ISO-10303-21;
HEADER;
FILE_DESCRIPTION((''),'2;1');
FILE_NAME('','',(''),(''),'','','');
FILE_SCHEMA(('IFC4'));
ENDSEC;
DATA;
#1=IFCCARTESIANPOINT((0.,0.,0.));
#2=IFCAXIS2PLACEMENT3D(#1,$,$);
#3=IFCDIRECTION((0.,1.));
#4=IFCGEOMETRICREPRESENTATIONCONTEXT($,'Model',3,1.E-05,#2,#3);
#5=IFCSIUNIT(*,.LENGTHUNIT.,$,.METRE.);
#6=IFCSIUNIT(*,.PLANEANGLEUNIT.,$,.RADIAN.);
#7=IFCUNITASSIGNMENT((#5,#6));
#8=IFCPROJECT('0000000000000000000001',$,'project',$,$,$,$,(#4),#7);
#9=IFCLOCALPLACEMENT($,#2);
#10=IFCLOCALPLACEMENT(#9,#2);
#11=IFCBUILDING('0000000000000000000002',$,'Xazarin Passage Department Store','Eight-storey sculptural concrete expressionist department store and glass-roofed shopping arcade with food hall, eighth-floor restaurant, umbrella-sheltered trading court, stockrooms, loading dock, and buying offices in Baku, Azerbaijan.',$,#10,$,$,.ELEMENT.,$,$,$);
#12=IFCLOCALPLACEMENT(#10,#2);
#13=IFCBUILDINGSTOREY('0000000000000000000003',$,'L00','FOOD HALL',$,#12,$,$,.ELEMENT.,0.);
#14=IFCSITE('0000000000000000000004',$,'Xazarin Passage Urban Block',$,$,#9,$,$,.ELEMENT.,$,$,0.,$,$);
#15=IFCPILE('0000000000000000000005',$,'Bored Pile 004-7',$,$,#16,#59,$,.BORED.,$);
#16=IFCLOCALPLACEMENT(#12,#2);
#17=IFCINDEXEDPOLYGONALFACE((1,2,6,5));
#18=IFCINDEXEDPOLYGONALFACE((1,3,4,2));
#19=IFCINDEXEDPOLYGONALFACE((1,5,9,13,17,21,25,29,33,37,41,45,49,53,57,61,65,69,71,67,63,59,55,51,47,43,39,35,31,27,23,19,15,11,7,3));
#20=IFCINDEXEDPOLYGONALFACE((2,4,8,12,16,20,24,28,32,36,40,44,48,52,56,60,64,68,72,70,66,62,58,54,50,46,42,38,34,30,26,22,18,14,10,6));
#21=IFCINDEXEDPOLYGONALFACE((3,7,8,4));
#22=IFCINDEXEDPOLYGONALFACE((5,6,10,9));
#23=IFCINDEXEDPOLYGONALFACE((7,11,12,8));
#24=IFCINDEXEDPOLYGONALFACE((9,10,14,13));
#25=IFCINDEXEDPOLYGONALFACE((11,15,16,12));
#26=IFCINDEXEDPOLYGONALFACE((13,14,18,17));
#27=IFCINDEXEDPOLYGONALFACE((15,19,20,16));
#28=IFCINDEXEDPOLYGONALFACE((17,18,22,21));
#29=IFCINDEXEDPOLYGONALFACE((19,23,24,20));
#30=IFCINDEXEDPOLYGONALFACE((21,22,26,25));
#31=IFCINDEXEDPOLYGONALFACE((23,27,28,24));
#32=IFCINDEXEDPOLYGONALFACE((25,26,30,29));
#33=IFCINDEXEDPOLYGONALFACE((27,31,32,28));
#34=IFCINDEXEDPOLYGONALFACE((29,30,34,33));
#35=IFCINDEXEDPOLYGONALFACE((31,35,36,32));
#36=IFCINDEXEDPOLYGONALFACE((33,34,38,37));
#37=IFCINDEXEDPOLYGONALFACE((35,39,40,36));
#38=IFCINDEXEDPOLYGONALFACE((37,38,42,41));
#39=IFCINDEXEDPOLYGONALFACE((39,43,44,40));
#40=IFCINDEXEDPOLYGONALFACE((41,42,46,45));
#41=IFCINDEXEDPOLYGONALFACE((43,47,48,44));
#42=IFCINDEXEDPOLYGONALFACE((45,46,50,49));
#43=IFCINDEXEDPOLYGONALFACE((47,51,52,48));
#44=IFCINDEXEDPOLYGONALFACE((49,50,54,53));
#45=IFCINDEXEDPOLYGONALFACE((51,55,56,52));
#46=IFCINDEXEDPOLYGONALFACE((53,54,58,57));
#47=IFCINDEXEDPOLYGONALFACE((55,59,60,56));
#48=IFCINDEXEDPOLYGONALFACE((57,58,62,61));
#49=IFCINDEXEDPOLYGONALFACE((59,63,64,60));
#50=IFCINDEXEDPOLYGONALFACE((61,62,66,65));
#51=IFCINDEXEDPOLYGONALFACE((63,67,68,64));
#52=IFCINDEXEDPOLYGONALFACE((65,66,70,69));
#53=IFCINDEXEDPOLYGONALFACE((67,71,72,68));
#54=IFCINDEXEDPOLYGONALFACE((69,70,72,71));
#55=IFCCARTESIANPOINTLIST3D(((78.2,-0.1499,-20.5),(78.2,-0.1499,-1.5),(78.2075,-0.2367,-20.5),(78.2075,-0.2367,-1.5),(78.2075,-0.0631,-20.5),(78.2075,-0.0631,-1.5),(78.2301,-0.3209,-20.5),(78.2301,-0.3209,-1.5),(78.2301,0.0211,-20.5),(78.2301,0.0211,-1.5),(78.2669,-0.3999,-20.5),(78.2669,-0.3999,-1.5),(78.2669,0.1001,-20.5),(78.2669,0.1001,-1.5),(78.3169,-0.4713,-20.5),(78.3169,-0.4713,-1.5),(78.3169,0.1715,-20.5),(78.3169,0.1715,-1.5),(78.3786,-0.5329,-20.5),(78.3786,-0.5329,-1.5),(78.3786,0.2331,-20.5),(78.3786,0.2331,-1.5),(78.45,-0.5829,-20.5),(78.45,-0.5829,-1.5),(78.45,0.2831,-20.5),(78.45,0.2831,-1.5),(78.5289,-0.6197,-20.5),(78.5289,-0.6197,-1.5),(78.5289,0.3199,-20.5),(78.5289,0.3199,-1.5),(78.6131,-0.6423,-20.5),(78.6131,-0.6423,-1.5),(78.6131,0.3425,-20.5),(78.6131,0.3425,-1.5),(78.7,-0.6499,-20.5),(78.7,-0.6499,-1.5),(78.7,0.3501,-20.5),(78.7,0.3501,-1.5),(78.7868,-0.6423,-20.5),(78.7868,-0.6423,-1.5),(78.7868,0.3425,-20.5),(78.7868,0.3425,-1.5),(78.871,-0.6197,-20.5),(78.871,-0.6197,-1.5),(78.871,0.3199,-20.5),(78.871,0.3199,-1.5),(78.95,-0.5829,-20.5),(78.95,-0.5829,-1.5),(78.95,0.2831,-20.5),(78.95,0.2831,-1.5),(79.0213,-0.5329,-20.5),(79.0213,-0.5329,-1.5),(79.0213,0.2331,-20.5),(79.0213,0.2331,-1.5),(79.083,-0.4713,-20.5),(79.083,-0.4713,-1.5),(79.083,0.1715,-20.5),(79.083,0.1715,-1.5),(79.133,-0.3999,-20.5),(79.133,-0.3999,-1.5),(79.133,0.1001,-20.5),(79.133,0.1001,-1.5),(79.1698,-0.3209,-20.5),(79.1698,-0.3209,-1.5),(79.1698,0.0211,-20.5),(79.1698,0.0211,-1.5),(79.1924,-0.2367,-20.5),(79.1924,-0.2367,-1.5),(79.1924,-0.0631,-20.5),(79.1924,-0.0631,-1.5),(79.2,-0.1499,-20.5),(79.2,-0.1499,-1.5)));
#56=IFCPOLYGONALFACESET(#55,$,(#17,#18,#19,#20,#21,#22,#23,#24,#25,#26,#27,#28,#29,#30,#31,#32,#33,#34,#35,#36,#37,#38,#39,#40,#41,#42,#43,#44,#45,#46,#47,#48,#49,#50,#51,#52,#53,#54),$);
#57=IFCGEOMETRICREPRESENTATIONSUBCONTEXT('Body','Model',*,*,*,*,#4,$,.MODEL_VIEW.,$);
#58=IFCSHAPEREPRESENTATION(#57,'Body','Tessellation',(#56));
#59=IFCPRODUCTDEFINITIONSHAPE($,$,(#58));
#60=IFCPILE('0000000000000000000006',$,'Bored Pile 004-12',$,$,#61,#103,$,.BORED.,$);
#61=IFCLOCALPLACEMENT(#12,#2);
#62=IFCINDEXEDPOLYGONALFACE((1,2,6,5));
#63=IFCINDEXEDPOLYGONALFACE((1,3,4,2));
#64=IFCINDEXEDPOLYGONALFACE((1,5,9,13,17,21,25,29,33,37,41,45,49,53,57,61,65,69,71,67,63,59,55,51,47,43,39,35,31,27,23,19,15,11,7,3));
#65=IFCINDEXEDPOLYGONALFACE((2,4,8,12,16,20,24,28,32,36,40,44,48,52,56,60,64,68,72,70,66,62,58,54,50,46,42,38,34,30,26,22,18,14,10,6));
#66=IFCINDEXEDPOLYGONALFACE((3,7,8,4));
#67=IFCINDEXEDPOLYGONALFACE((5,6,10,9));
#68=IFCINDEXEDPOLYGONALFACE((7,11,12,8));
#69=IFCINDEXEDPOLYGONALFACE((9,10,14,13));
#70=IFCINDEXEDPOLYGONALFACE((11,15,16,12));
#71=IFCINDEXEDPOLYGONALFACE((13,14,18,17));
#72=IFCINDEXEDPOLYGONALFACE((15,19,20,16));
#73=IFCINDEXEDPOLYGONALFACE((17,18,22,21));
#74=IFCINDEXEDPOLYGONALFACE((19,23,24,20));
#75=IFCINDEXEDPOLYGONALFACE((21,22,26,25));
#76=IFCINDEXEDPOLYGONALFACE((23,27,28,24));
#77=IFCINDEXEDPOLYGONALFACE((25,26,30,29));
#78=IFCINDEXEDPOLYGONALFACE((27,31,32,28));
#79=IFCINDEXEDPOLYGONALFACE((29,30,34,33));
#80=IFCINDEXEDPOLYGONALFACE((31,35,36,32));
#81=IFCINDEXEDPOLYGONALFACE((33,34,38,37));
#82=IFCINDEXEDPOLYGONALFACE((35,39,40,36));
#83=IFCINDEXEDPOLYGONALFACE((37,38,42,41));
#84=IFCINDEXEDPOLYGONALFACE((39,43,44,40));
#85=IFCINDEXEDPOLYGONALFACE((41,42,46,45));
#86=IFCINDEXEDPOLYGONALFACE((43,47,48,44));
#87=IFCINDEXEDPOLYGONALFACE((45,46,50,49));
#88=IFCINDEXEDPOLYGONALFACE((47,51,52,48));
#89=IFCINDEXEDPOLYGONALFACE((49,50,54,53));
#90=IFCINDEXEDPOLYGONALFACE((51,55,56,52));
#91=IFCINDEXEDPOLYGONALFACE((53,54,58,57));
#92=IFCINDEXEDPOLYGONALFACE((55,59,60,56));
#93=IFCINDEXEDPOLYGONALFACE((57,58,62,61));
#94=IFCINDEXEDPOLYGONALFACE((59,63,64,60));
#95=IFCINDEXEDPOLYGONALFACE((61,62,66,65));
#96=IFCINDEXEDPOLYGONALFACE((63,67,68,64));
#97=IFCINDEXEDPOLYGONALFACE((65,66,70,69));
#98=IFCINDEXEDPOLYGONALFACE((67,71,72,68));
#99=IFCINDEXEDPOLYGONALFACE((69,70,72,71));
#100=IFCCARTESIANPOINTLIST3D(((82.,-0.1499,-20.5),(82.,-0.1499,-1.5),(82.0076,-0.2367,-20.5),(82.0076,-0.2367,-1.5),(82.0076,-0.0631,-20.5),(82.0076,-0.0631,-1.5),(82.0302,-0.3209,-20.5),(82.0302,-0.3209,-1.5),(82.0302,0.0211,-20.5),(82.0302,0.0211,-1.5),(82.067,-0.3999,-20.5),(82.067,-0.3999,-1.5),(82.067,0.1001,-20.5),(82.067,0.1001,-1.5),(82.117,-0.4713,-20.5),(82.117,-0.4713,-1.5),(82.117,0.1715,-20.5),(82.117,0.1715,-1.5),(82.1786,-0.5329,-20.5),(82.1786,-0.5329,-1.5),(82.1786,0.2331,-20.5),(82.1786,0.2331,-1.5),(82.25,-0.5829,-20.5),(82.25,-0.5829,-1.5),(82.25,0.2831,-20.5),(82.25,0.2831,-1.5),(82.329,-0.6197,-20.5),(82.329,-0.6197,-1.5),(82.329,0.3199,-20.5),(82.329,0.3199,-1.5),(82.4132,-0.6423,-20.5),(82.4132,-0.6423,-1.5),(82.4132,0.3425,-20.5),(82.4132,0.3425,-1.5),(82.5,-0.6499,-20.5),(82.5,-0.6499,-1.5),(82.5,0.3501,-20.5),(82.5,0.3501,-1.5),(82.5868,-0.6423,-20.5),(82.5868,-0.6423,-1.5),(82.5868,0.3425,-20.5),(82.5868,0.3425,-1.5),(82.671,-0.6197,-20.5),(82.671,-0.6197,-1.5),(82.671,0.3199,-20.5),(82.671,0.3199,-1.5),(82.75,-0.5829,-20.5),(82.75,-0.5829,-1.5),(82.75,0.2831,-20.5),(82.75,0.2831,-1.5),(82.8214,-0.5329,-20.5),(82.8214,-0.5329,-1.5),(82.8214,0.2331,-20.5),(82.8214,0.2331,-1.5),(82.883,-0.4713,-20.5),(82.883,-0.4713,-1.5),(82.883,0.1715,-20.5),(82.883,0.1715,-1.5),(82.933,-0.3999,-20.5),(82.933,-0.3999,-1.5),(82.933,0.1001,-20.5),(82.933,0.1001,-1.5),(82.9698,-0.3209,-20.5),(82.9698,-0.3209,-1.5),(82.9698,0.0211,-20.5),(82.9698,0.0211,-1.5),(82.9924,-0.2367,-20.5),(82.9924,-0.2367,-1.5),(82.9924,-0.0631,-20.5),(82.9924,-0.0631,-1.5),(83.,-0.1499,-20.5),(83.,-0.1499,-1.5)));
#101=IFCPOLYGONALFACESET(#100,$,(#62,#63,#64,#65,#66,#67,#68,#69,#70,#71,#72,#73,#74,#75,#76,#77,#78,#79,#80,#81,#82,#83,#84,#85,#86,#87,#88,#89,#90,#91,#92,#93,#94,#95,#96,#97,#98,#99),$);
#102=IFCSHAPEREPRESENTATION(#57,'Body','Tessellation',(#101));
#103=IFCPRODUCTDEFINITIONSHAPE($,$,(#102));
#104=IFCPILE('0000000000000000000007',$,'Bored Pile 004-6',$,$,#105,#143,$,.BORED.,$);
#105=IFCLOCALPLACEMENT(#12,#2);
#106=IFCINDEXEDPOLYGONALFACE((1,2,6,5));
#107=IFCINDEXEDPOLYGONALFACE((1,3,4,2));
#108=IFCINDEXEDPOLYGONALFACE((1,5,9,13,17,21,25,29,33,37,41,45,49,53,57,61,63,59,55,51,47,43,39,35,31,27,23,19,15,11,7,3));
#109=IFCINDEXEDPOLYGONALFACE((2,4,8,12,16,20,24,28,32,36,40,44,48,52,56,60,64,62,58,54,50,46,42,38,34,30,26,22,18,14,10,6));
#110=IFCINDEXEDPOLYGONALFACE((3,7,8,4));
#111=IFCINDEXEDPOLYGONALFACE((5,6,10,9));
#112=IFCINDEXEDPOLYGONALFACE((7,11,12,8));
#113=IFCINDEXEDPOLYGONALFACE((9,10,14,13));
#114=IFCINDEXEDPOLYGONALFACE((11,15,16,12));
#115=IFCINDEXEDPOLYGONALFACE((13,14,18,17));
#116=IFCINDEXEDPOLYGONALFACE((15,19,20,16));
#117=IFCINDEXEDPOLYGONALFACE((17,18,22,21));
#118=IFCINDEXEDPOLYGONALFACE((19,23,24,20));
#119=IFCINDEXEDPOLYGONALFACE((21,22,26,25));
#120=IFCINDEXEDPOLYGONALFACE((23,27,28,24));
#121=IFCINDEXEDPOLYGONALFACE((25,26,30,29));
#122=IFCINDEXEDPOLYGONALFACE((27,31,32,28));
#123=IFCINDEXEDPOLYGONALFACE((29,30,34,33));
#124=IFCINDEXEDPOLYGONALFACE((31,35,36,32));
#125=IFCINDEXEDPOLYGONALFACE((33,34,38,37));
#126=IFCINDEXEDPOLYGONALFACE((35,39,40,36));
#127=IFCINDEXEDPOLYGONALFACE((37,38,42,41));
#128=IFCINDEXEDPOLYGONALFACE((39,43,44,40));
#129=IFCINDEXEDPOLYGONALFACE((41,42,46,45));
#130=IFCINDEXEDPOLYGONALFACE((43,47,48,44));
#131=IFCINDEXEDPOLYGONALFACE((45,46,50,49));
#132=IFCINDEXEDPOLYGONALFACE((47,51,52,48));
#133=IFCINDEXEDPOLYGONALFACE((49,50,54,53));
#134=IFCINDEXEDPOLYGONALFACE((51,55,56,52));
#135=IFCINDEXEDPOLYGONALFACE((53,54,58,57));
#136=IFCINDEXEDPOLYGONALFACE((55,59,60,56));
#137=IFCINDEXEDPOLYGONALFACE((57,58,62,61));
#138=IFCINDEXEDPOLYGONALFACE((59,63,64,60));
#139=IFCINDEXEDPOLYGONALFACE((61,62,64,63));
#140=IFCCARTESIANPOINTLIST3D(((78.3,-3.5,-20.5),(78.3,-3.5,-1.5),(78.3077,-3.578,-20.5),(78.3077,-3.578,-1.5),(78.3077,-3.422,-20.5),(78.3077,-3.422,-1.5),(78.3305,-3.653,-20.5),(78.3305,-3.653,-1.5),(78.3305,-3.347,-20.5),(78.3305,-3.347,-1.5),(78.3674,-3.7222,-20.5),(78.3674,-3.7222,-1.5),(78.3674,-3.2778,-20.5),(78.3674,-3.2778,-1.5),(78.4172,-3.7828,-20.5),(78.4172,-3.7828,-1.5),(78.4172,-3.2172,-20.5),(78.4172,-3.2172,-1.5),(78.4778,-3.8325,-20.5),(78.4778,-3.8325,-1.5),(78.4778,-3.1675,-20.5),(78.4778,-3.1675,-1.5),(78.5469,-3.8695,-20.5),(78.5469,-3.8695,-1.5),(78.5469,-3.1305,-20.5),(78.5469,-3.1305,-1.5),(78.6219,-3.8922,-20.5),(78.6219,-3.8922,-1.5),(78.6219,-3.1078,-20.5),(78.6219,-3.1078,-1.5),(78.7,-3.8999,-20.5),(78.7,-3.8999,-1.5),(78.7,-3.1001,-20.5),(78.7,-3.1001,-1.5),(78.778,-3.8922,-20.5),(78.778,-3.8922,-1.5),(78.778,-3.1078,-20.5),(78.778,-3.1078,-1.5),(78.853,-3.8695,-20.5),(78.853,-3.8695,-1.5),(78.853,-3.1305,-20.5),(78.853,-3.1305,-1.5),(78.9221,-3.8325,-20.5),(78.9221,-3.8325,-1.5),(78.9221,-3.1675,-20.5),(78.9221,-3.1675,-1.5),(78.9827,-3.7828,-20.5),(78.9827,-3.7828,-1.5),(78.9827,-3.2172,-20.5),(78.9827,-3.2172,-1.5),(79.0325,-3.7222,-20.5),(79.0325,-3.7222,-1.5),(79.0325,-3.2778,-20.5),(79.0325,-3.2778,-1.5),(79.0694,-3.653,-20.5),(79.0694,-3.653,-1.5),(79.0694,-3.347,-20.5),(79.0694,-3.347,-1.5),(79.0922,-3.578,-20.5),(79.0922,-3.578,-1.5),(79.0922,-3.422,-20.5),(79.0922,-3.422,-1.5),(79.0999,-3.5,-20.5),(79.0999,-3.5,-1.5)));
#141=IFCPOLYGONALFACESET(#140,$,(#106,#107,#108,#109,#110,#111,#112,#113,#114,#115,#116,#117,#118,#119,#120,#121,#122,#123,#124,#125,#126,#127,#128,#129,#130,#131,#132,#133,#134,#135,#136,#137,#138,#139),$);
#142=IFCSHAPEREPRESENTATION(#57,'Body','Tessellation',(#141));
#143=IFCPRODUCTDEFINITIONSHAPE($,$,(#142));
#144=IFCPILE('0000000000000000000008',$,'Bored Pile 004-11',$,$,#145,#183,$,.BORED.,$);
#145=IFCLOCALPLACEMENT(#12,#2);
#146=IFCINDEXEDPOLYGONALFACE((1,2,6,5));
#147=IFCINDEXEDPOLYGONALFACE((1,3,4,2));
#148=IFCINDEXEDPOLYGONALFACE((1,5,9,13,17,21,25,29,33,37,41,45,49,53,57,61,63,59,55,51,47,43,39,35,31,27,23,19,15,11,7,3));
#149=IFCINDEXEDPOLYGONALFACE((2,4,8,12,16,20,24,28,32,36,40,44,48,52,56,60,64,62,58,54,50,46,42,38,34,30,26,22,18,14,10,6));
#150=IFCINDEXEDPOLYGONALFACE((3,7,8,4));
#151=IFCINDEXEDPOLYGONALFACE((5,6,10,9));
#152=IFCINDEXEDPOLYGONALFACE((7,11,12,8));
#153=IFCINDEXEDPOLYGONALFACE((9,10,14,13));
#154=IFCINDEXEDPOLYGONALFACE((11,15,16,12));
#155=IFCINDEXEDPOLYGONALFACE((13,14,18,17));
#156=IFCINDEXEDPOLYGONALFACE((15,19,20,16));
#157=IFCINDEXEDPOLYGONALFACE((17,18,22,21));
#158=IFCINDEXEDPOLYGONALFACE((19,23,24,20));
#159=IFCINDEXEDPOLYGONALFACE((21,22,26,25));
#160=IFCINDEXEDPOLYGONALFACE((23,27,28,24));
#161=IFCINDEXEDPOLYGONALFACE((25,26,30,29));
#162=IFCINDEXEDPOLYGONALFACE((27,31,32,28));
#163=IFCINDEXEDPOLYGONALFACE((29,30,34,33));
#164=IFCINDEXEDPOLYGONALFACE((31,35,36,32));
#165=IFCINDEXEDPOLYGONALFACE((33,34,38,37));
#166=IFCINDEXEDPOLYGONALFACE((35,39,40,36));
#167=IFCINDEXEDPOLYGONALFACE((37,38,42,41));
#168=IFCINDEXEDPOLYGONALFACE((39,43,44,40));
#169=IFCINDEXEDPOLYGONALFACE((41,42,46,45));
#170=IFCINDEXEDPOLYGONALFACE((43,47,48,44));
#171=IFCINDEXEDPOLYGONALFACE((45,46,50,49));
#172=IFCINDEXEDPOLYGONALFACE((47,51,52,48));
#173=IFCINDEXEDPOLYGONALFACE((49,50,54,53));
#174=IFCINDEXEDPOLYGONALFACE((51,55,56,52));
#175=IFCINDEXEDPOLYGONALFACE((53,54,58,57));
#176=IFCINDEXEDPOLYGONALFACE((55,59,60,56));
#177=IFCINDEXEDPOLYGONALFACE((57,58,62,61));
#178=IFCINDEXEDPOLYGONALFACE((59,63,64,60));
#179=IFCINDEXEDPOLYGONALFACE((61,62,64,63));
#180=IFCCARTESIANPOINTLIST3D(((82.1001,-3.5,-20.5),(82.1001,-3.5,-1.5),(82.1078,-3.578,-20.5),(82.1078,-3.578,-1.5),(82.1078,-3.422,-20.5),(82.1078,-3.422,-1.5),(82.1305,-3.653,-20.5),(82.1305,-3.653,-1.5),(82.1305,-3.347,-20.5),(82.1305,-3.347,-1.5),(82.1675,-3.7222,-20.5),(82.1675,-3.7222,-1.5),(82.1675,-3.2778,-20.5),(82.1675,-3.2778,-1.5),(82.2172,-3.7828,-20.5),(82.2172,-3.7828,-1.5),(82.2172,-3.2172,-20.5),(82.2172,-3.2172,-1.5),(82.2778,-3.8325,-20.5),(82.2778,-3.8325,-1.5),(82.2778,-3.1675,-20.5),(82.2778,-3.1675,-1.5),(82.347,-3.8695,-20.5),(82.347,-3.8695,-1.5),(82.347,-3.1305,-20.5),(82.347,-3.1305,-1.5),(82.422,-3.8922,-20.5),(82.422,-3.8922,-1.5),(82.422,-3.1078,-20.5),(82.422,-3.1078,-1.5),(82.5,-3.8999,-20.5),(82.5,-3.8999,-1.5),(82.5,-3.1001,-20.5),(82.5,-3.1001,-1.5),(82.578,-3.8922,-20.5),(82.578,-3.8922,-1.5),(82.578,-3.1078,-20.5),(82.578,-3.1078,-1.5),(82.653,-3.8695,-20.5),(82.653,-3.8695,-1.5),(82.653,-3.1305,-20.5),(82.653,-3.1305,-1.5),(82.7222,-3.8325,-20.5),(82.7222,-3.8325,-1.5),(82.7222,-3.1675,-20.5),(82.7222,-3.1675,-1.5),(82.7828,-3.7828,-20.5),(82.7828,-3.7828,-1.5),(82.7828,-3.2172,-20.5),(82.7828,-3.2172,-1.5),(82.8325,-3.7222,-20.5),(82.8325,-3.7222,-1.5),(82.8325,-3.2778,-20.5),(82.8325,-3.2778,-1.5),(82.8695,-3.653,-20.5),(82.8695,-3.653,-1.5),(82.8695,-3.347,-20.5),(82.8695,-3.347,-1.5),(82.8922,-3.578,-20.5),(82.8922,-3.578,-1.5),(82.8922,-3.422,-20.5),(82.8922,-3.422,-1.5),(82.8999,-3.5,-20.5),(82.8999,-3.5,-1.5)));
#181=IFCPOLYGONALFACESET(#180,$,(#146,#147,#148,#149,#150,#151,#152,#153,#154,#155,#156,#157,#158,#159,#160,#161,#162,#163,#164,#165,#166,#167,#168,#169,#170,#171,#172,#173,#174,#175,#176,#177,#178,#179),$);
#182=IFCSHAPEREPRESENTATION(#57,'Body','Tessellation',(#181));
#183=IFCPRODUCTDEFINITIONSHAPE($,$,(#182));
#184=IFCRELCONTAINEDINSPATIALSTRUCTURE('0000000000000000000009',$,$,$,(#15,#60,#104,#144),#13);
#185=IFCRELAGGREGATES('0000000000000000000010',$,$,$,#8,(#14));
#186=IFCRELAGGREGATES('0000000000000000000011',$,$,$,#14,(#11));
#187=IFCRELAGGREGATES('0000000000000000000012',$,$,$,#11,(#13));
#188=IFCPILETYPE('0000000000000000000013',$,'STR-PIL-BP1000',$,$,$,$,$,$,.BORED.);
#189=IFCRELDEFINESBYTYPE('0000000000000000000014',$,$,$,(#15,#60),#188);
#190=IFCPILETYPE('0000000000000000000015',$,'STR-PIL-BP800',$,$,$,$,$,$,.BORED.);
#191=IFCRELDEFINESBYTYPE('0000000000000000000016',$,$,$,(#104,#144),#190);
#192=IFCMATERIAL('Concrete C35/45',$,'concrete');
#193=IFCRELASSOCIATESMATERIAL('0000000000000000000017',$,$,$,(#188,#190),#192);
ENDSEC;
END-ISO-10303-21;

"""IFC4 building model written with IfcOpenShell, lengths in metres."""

from ifc_helpers import new_model, si_unit, direction, frame, origin, origin_2d, place, context, subcontext, project, spatial, circle, extrude, material, material_profile, profile_set, type_object, element, save


model = new_model("IFC4")

# Units and contexts
model_context = context("Model", 3, precision=1e-05, world=origin(), true_north=direction((0.0, 1.0)))
body_context = subcontext(model_context, "Body", "Model", "MODEL_VIEW")
ifc_project = project(units=[si_unit("LENGTHUNIT", "METRE"), si_unit("PLANEANGLEUNIT", "RADIAN")], contexts=[model_context])

# Site, building, storey
site_placement = place(None, origin())
site = spatial("IfcSite", under=ifc_project, at=site_placement, Name="Xazarin Passage Urban Block", CompositionType="ELEMENT", RefElevation=0.0)
building_placement = place(site_placement, origin())
building = spatial("IfcBuilding", under=site, at=building_placement, Name="Xazarin Passage Department Store", Description="Eight-storey sculptural concrete expressionist department store and glass-roofed shopping arcade with food hall, eighth-floor restaurant, umbrella-sheltered trading court, stockrooms, loading dock, and buying offices in Baku, Azerbaijan.", CompositionType="ELEMENT")
storey_placement = place(building_placement, origin())
storey = spatial("IfcBuildingStorey", under=building, at=storey_placement, Name="L00", Description="FOOD HALL", CompositionType="ELEMENT", Elevation=0.0)

# Piles
ifc_material_1 = material(Name="Concrete C35/45", Category="concrete")
ifc_material_profile_1 = material_profile(ifc_material_1, circle(Radius=0.5, at=origin_2d()), Name="BP 1000")
ifc_profile_set_1 = profile_set([ifc_material_profile_1], Name="Concrete C35/45")
pile_type_1 = type_object("IfcPileType", Name="STR-PIL-BP1000", PredefinedType="BORED", material=ifc_profile_set_1)
for number, where, z_axis, x_axis, name in (
    (1, (78.7, -0.1499, -1.5), (0.0, 0.0, -1.0), (1.0, 0.0, 0.0), "Bored Pile 004-7"),
    (2, (82.5, -0.1499, -1.5), (0.0, 0.0, -1.0), (1.0, 0.0, 0.0), "Bored Pile 004-12"),
):
    element("IfcPile", number, at=place(storey_placement, frame(where, z_axis=z_axis, x_axis=x_axis)), inside=storey, type_object=pile_type_1, Name=name, PredefinedType="BORED", context=body_context, shape_type="SweptSolid", body=[
        extrude(circle(Radius=0.5, at=origin_2d()), origin(), (0.0, 0.0, 1.0), 19.0),
    ])
ifc_material_profile_2 = material_profile(ifc_material_1, circle(Radius=0.3999, at=origin_2d()), Name="BP 800")
ifc_profile_set_2 = profile_set([ifc_material_profile_2], Name="Concrete C35/45")
pile_type_2 = type_object("IfcPileType", Name="STR-PIL-BP800", PredefinedType="BORED", material=ifc_profile_set_2)
for number, where, z_axis, x_axis, name in (
    (3, (78.7, -3.5, -1.5), (0.0, 0.0, -1.0), (1.0, 0.0, 0.0), "Bored Pile 004-6"),
    (4, (82.5, -3.5, -1.5), (0.0, 0.0, -1.0), (1.0, 0.0, 0.0), "Bored Pile 004-11"),
):
    element("IfcPile", number, at=place(storey_placement, frame(where, z_axis=z_axis, x_axis=x_axis)), inside=storey, type_object=pile_type_2, Name=name, PredefinedType="BORED", context=body_context, shape_type="SweptSolid", body=[
        extrude(circle(Radius=0.3999, at=origin_2d()), origin(), (0.0, 0.0, 1.0), 19.0),
    ])

save(model, "model.ifc")
